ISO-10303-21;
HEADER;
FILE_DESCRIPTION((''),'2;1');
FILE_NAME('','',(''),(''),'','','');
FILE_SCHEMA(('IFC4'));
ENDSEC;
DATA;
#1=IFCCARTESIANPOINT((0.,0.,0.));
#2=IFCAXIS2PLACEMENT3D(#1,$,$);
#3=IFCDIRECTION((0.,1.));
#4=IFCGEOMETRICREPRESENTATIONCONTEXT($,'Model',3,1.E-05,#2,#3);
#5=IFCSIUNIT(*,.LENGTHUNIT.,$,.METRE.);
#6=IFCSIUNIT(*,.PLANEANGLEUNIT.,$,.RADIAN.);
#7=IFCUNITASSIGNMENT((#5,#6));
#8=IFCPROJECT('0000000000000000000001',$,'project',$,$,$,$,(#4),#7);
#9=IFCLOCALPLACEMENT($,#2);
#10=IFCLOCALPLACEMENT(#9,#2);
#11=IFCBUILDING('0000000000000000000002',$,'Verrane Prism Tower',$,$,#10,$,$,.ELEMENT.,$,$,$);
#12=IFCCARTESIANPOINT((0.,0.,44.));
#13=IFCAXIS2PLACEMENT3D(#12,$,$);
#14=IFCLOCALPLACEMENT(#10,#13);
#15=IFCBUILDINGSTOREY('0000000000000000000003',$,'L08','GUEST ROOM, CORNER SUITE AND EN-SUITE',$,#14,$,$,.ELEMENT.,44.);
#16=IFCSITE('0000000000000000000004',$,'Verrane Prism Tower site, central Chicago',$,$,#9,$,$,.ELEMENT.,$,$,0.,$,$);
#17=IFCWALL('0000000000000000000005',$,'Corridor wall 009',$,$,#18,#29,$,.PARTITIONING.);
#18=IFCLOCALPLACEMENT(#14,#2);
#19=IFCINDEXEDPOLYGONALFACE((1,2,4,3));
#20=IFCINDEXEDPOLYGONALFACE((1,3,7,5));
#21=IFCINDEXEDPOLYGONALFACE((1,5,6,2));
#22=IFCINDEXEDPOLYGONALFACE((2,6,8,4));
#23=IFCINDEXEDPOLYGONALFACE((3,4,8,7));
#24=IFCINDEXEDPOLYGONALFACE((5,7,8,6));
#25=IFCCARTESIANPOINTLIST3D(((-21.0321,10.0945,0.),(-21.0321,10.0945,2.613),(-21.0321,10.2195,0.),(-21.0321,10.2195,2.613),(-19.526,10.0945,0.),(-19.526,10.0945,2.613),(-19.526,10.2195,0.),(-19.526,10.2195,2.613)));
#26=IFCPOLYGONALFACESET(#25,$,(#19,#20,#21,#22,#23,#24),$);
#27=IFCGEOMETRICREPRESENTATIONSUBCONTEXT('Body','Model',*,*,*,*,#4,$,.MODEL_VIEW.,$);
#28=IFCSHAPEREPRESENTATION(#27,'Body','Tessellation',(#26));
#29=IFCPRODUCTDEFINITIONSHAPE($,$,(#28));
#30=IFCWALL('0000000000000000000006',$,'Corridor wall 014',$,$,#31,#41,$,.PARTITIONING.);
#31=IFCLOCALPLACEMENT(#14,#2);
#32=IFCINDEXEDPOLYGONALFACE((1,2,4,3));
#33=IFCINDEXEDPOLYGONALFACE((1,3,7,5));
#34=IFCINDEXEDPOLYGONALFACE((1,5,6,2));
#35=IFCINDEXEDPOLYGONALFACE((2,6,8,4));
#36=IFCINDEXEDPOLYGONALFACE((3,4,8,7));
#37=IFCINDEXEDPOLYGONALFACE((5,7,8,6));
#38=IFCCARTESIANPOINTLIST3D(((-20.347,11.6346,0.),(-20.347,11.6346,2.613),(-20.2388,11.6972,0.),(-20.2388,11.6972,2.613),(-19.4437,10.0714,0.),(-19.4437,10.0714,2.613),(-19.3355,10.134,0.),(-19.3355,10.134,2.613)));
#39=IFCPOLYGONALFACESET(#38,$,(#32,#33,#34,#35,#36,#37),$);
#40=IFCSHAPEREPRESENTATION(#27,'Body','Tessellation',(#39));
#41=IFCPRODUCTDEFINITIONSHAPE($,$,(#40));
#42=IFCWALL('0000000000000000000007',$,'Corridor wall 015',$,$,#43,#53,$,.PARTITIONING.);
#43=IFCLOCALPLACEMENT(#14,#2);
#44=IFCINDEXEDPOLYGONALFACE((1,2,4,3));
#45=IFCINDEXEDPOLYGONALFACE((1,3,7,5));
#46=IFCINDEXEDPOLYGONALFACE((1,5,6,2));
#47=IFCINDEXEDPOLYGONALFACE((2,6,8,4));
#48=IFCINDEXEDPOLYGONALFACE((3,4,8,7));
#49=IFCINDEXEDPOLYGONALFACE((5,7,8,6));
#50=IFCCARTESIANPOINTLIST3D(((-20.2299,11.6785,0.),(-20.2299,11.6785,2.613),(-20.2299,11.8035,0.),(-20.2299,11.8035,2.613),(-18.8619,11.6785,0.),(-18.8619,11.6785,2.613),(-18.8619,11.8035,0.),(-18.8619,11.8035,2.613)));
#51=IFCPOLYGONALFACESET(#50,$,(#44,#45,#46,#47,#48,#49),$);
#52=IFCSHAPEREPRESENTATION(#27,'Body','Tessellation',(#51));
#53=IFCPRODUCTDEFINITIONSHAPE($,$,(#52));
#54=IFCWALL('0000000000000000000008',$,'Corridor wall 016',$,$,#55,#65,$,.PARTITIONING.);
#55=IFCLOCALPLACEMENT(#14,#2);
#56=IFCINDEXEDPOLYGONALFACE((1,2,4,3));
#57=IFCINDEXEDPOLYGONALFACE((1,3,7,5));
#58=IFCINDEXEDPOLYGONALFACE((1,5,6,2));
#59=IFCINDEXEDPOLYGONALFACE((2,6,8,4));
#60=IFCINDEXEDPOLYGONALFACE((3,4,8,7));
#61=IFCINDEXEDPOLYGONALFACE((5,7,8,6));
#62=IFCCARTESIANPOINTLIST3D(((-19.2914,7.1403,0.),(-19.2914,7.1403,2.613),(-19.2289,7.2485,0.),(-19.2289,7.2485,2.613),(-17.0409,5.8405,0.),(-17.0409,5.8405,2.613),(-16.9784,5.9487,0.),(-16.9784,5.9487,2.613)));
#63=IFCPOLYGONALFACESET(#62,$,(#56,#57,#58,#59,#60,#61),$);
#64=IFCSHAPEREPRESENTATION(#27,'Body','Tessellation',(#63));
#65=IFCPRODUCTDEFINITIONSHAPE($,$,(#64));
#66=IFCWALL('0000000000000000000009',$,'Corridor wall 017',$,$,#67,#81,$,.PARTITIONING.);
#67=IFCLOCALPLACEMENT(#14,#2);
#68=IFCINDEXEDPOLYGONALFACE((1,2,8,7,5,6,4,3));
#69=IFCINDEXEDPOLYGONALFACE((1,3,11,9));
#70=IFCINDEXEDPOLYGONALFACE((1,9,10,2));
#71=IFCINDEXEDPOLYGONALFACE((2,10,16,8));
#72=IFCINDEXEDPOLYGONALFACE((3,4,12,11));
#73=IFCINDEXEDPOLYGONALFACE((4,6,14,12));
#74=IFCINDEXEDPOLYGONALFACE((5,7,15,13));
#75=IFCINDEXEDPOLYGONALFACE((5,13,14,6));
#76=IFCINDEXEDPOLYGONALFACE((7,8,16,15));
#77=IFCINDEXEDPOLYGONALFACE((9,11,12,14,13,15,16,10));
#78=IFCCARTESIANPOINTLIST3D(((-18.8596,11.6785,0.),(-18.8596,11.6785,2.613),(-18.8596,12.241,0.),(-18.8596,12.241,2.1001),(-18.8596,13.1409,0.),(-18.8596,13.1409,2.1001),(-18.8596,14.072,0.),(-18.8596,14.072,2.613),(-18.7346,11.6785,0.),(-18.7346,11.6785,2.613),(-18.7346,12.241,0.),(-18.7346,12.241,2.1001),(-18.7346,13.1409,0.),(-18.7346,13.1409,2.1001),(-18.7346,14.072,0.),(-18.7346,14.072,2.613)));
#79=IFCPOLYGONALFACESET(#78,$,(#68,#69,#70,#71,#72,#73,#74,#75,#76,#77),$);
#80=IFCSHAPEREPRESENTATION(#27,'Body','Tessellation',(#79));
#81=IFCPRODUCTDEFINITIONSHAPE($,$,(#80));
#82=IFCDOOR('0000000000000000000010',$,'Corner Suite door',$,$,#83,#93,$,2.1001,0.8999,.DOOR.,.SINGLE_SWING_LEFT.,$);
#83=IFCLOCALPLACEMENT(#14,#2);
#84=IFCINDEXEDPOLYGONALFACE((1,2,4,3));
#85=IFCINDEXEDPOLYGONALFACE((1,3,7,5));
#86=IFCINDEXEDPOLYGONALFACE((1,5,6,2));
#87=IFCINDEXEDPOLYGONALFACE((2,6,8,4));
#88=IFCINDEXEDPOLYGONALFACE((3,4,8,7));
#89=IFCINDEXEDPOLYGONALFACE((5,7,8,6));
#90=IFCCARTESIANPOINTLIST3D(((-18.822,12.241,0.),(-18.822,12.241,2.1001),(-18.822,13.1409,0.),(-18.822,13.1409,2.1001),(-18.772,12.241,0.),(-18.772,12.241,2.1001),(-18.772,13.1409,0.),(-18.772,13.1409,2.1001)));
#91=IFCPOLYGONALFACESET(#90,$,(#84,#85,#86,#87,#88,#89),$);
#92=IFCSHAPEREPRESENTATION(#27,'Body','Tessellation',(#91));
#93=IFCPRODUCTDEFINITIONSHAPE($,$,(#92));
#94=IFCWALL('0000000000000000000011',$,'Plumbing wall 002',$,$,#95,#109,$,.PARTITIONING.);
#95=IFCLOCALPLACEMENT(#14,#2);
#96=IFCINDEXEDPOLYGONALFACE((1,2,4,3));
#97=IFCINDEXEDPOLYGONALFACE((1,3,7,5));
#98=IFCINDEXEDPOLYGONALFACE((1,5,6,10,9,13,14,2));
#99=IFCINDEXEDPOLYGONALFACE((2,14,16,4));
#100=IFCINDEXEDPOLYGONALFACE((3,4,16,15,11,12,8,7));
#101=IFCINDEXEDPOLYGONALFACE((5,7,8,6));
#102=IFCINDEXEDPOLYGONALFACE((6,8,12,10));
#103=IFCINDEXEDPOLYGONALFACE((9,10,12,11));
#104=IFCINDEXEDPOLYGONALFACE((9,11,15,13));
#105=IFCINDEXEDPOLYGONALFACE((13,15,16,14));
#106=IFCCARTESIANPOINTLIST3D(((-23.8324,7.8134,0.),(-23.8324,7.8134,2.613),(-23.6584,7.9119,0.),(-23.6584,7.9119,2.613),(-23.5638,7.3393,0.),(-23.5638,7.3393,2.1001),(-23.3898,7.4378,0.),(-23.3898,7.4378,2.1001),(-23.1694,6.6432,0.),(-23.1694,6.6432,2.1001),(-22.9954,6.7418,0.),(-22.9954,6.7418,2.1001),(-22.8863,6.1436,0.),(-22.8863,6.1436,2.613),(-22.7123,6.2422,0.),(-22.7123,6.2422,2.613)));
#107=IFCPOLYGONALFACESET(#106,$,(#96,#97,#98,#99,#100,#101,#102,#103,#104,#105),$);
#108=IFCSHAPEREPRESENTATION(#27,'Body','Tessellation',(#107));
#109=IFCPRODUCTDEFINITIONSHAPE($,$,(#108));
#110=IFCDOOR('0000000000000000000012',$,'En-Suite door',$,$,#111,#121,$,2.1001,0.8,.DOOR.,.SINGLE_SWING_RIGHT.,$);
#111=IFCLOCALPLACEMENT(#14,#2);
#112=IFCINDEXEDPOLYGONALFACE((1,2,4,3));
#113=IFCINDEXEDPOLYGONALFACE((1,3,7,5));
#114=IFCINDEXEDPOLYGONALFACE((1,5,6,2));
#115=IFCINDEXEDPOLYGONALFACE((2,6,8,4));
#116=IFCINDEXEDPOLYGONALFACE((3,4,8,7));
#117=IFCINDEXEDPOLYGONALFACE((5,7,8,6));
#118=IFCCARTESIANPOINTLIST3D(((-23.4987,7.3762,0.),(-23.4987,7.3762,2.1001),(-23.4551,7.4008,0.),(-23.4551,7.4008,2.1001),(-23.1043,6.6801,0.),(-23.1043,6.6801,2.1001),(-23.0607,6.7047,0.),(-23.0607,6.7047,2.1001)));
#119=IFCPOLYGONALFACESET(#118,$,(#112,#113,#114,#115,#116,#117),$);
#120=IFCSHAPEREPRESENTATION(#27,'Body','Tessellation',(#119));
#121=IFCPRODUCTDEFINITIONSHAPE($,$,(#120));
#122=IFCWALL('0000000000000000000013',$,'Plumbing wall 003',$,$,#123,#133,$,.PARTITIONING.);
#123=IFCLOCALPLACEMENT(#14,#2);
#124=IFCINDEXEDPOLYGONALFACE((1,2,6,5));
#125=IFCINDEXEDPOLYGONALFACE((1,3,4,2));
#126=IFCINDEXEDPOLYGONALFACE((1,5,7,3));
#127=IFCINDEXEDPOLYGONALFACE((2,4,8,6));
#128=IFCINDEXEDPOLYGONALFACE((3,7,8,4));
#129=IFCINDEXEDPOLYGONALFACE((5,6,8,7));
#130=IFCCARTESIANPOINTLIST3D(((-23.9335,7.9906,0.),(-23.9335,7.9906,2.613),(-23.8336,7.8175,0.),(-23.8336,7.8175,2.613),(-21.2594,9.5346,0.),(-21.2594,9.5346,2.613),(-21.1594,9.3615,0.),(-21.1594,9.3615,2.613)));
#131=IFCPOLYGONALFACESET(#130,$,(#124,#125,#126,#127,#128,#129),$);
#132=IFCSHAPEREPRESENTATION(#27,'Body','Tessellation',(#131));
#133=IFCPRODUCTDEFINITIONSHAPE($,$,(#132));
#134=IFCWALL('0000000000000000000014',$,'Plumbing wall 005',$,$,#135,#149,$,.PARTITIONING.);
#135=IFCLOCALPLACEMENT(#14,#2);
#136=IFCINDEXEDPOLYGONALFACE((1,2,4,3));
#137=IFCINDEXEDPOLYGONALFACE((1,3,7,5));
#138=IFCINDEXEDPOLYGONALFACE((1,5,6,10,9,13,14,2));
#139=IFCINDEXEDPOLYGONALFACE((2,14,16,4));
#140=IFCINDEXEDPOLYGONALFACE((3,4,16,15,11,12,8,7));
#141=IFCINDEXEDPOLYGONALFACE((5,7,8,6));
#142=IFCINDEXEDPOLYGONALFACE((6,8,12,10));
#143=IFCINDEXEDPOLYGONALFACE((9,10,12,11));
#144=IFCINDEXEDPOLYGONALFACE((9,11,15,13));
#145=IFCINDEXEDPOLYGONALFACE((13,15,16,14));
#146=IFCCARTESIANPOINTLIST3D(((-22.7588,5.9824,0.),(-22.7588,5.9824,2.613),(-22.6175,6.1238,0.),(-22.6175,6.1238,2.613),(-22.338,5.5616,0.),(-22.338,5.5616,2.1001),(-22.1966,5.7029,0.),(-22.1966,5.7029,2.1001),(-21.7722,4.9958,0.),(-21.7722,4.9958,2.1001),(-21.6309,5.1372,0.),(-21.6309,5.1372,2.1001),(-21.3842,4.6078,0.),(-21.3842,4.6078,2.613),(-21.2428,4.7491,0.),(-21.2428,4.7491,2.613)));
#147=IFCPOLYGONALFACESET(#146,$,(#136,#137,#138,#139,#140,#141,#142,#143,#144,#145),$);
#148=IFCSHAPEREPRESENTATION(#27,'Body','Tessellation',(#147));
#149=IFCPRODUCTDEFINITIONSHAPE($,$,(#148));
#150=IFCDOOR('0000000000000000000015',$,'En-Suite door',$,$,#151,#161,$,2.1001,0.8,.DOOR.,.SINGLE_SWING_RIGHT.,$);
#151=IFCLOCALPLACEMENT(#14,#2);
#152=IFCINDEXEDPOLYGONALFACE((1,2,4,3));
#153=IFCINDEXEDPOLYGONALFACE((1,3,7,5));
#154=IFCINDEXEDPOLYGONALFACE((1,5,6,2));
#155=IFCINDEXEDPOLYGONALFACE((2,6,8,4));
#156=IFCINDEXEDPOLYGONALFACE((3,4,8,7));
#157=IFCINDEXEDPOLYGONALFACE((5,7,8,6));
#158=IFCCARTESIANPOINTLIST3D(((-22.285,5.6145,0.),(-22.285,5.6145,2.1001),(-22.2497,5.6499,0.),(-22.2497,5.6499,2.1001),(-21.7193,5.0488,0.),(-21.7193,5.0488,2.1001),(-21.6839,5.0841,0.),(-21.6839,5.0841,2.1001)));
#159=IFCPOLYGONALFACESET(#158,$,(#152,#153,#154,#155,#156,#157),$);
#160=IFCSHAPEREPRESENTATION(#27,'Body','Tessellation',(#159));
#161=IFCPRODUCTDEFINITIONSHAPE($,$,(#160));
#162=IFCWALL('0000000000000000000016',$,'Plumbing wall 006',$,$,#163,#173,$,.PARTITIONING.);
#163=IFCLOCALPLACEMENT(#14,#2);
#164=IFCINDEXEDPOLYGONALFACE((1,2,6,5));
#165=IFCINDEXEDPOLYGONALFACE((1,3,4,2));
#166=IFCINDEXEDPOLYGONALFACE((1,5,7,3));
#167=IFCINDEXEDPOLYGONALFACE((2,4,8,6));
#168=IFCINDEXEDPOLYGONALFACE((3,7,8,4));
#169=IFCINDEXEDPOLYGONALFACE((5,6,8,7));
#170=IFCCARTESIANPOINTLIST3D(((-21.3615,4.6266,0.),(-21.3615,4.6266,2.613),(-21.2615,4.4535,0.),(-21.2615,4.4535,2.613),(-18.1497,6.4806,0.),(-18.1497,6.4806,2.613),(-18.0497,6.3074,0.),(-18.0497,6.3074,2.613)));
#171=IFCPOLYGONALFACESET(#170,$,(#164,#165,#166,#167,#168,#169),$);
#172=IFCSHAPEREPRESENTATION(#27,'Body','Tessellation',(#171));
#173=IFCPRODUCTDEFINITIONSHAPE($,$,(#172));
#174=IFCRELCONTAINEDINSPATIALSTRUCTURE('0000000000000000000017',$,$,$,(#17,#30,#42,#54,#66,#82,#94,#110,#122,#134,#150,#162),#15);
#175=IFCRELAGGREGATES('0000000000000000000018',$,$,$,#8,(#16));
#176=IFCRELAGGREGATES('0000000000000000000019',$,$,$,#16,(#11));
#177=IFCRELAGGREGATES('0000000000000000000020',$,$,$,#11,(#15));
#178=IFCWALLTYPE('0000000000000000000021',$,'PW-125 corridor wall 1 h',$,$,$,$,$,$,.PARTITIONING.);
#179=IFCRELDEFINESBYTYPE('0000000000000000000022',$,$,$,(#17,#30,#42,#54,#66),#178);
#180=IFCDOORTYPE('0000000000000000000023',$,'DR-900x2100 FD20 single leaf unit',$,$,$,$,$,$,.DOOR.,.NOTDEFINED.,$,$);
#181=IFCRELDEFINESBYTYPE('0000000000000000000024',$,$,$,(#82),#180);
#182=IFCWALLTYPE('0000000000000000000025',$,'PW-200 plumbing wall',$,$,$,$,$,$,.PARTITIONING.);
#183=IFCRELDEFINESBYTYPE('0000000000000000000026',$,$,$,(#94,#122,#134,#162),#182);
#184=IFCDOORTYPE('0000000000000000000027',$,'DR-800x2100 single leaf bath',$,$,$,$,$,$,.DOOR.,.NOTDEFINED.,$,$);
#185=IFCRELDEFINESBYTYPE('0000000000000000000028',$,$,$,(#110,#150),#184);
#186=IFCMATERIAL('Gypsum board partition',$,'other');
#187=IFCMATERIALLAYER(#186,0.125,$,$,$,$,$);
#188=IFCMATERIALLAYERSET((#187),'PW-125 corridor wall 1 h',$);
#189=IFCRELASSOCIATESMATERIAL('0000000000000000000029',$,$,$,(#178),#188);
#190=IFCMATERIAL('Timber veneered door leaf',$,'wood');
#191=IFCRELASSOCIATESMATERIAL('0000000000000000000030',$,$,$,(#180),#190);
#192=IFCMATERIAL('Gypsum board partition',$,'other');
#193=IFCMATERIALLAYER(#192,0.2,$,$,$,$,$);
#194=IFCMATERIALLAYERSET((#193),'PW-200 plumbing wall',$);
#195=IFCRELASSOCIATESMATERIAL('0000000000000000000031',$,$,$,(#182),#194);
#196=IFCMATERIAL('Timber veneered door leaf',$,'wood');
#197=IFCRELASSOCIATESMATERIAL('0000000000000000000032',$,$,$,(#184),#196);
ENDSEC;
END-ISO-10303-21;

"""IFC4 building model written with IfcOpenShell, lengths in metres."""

from ifc_helpers import new_model, si_unit, direction, frame, frame_2d, origin, place, context, subcontext, project, spatial, rectangle, extrude, material, layer, layer_set, type_object, element, fill, save


model = new_model("IFC4")

# Units and contexts
model_context = context("Model", 3, precision=1e-05, world=origin(), true_north=direction((0.0, 1.0)))
body_context = subcontext(model_context, "Body", "Model", "MODEL_VIEW")
ifc_project = project(units=[si_unit("LENGTHUNIT", "METRE"), si_unit("PLANEANGLEUNIT", "RADIAN")], contexts=[model_context])

# Site, building, storey
site_placement = place(None, origin())
site = spatial("IfcSite", under=ifc_project, at=site_placement, Name="Verrane Prism Tower site, central Chicago", CompositionType="ELEMENT", RefElevation=0.0)
building_placement = place(site_placement, origin())
building = spatial("IfcBuilding", under=site, at=building_placement, Name="Verrane Prism Tower", CompositionType="ELEMENT")
storey_placement = place(building_placement, frame((0.0, 0.0, 44.0)))
storey = spatial("IfcBuildingStorey", under=building, at=storey_placement, Name="L08", Description="GUEST ROOM, CORNER SUITE AND EN-SUITE", CompositionType="ELEMENT", Elevation=44.0)

# Walls
ifc_material_1 = material(Name="Gypsum board partition", Category="other")
ifc_layer_1 = layer(ifc_material_1, 0.125)
ifc_layer_set_1 = layer_set([ifc_layer_1], Name="PW-125 corridor wall 1 h")
wall_type_1 = type_object("IfcWallType", Name="PW-125 corridor wall 1 h", PredefinedType="PARTITIONING", material=ifc_layer_set_1)
wall_1_placement = place(storey_placement, frame((-21.032, 10.157, 0.0), z_axis=(0.0, 0.0, 1.0), x_axis=(1.0, 0.0, 0.0)))
element("IfcWall", 1, at=wall_1_placement, inside=storey, type_object=wall_type_1, Name="Corridor wall 009", PredefinedType="PARTITIONING", context=body_context, shape_type="SweptSolid", body=[
    extrude(rectangle(XDim=1.5061, YDim=0.125, at=frame_2d((0.7529, 0.0))), origin(), (0.0, 0.0, 1.0), 2.613),
])
wall_2_placement = place(storey_placement, frame((-20.293, 11.666, 0.0), z_axis=(0.0, 0.0, 1.0), x_axis=(0.500327, -0.865836, 0.0)))
element("IfcWall", 2, at=wall_2_placement, inside=storey, type_object=wall_type_1, Name="Corridor wall 014", PredefinedType="PARTITIONING", context=body_context, shape_type="SweptSolid", body=[
    extrude(rectangle(XDim=1.8054, YDim=0.125, at=frame_2d((0.9028, 0.0))), origin(), (0.0, 0.0, 1.0), 2.613),
])
wall_3_placement = place(storey_placement, frame((-20.23, 11.741, 0.0), z_axis=(0.0, 0.0, 1.0), x_axis=(1.0, 0.0, 0.0)))
element("IfcWall", 3, at=wall_3_placement, inside=storey, type_object=wall_type_1, Name="Corridor wall 015", PredefinedType="PARTITIONING", context=body_context, shape_type="SweptSolid", body=[
    extrude(rectangle(XDim=1.3679, YDim=0.125, at=frame_2d((0.6841, 0.0))), origin(), (0.0, 0.0, 1.0), 2.613),
])
wall_4_placement = place(storey_placement, frame((-19.26, 7.1943, 0.0), z_axis=(0.0, 0.0, 1.0), x_axis=(0.865945, -0.50014, 0.0)))
element("IfcWall", 4, at=wall_4_placement, inside=storey, type_object=wall_type_1, Name="Corridor wall 016", PredefinedType="PARTITIONING", context=body_context, shape_type="SweptSolid", body=[
    extrude(rectangle(XDim=2.5989, YDim=0.125, at=frame_2d((1.2993, 0.0))), origin(), (0.0, 0.0, 1.0), 2.613),
])

# Walls, openings, doors
wall_5_placement = place(storey_placement, frame((-18.7971, 11.6785, 0.0), z_axis=(0.0, 0.0, 1.0), x_axis=(0.0, 1.0, 0.0)))
wall_5 = element("IfcWall", 5, at=wall_5_placement, inside=storey, type_object=wall_type_1, Name="Corridor wall 017", PredefinedType="PARTITIONING", context=body_context, shape_type="SweptSolid", body=[
    extrude(rectangle(XDim=2.3936, YDim=0.125, at=frame_2d((1.1968, 0.0))), origin(), (0.0, 0.0, 1.0), 2.613),
])
opening_1_placement = place(wall_5_placement, frame((0.5625, 0.0, 0.0)))
opening_1 = element("IfcOpeningElement", 6, at=opening_1_placement, cuts=wall_5, PredefinedType="OPENING", context=body_context, shape_type="SweptSolid", body=[
    extrude(rectangle(XDim=0.8999, YDim=2.1001, at=frame_2d((0.45, 1.05))), frame((0.0, 0.0725, 0.0), z_axis=(0.0, -1.0, 0.0), x_axis=(1.0, 0.0, 0.0)), (0.0, 0.0, 1.0), 0.145),
])
ifc_material_2 = material(Name="Timber veneered door leaf", Category="wood")
door_type_1 = type_object("IfcDoorType", Name="DR-900x2100 FD20 single leaf unit", OperationType="NOTDEFINED", PredefinedType="DOOR", material=ifc_material_2)
door_1_placement = place(opening_1_placement, origin())
door_1 = element("IfcDoor", 7, at=door_1_placement, inside=storey, type_object=door_type_1, Name="Corner Suite door", OperationType="SINGLE_SWING_LEFT", OverallHeight=2.1001, OverallWidth=0.8999, PredefinedType="DOOR", context=body_context, shape_type="SweptSolid", body=[
    extrude(rectangle(XDim=0.8999, YDim=2.1001, at=frame_2d((0.45, 1.05))), frame((0.0, 0.0249, 0.0), z_axis=(0.0, -1.0, 0.0), x_axis=(1.0, 0.0, 0.0)), (0.0, 0.0, 1.0), 0.05),
])
fill(opening_1, door_1)
ifc_material_3 = material(Name="Gypsum board partition", Category="other")
ifc_layer_2 = layer(ifc_material_3, 0.2)
ifc_layer_set_2 = layer_set([ifc_layer_2], Name="PW-200 plumbing wall")
wall_type_2 = type_object("IfcWallType", Name="PW-200 plumbing wall", PredefinedType="PARTITIONING", material=ifc_layer_set_2)
wall_6_placement = place(storey_placement, frame((-23.7454, 7.8625, 0.0), z_axis=(0.0, 0.0, 1.0), x_axis=(0.492971, -0.870046, 0.0)))
wall_6 = element("IfcWall", 8, at=wall_6_placement, inside=storey, type_object=wall_type_2, Name="Plumbing wall 002", PredefinedType="PARTITIONING", context=body_context, shape_type="SweptSolid", body=[
    extrude(rectangle(XDim=1.9192, YDim=0.2, at=frame_2d((0.9595, 0.0))), origin(), (0.0, 0.0, 1.0), 2.613),
])
opening_2_placement = place(wall_6_placement, frame((0.5449, 0.0, 0.0)))
opening_2 = element("IfcOpeningElement", 9, at=opening_2_placement, cuts=wall_6, PredefinedType="OPENING", context=body_context, shape_type="SweptSolid", body=[
    extrude(rectangle(XDim=0.8, YDim=2.1001, at=frame_2d((0.3999, 1.05))), frame((0.0, 0.1099, 0.0), z_axis=(0.0, -1.0, 0.0), x_axis=(1.0, 0.0, 0.0)), (0.0, 0.0, 1.0), 0.22),
])
ifc_material_4 = material(Name="Timber veneered door leaf", Category="wood")
door_type_2 = type_object("IfcDoorType", Name="DR-800x2100 single leaf bath", OperationType="NOTDEFINED", PredefinedType="DOOR", material=ifc_material_4)
door_2_placement = place(opening_2_placement, origin())
door_2 = element("IfcDoor", 10, at=door_2_placement, inside=storey, type_object=door_type_2, Name="En-Suite door", OperationType="SINGLE_SWING_RIGHT", OverallHeight=2.1001, OverallWidth=0.8, PredefinedType="DOOR", context=body_context, shape_type="SweptSolid", body=[
    extrude(rectangle(XDim=0.8, YDim=2.1001, at=frame_2d((0.3999, 1.05))), frame((0.0, 0.0249, 0.0), z_axis=(0.0, -1.0, 0.0), x_axis=(1.0, 0.0, 0.0)), (0.0, 0.0, 1.0), 0.05),
])
fill(opening_2, door_2)

# Wall
wall_7_placement = place(storey_placement, frame((-23.8835, 7.9041, 0.0), z_axis=(0.0, 0.0, 1.0), x_axis=(0.866016, 0.500017, 0.0)))
element("IfcWall", 11, at=wall_7_placement, inside=storey, type_object=wall_type_2, Name="Plumbing wall 003", PredefinedType="PARTITIONING", context=body_context, shape_type="SweptSolid", body=[
    extrude(rectangle(XDim=3.0879, YDim=0.2, at=frame_2d((1.5439, 0.0))), origin(), (0.0, 0.0, 1.0), 2.613),
])

# Wall, opening, door
wall_8_placement = place(storey_placement, frame((-22.6882, 6.0532, 0.0), z_axis=(0.0, 0.0, 1.0), x_axis=(0.707107, -0.707107, 0.0)))
wall_8 = element("IfcWall", 12, at=wall_8_placement, inside=storey, type_object=wall_type_2, Name="Plumbing wall 005", PredefinedType="PARTITIONING", context=body_context, shape_type="SweptSolid", body=[
    extrude(rectangle(XDim=1.9441, YDim=0.2, at=frame_2d((0.9722, 0.0))), origin(), (0.0, 0.0, 1.0), 2.613),
])
opening_3_placement = place(wall_8_placement, frame((0.5955, 0.0, 0.0)))
opening_3 = element("IfcOpeningElement", 13, at=opening_3_placement, cuts=wall_8, PredefinedType="OPENING", context=body_context, shape_type="SweptSolid", body=[
    extrude(rectangle(XDim=0.8, YDim=2.1001, at=frame_2d((0.3999, 1.05))), frame((0.0, 0.1099, 0.0), z_axis=(0.0, -1.0, 0.0), x_axis=(1.0, 0.0, 0.0)), (0.0, 0.0, 1.0), 0.22),
])
door_3_placement = place(opening_3_placement, origin())
door_3 = element("IfcDoor", 14, at=door_3_placement, inside=storey, type_object=door_type_2, Name="En-Suite door", OperationType="SINGLE_SWING_RIGHT", OverallHeight=2.1001, OverallWidth=0.8, PredefinedType="DOOR", context=body_context, shape_type="SweptSolid", body=[
    extrude(rectangle(XDim=0.8, YDim=2.1001, at=frame_2d((0.3999, 1.05))), frame((0.0, 0.0249, 0.0), z_axis=(0.0, -1.0, 0.0), x_axis=(1.0, 0.0, 0.0)), (0.0, 0.0, 1.0), 0.05),
])
fill(opening_3, door_3)

# Wall
wall_9_placement = place(storey_placement, frame((-21.3115, 4.54, 0.0), z_axis=(0.0, 0.0, 1.0), x_axis=(0.866072, 0.49992, 0.0)))
element("IfcWall", 15, at=wall_9_placement, inside=storey, type_object=wall_type_2, Name="Plumbing wall 006", PredefinedType="PARTITIONING", context=body_context, shape_type="SweptSolid", body=[
    extrude(rectangle(XDim=3.7085, YDim=0.2, at=frame_2d((1.8542, 0.0))), origin(), (0.0, 0.0, 1.0), 2.613),
])

save(model, "model.ifc")
